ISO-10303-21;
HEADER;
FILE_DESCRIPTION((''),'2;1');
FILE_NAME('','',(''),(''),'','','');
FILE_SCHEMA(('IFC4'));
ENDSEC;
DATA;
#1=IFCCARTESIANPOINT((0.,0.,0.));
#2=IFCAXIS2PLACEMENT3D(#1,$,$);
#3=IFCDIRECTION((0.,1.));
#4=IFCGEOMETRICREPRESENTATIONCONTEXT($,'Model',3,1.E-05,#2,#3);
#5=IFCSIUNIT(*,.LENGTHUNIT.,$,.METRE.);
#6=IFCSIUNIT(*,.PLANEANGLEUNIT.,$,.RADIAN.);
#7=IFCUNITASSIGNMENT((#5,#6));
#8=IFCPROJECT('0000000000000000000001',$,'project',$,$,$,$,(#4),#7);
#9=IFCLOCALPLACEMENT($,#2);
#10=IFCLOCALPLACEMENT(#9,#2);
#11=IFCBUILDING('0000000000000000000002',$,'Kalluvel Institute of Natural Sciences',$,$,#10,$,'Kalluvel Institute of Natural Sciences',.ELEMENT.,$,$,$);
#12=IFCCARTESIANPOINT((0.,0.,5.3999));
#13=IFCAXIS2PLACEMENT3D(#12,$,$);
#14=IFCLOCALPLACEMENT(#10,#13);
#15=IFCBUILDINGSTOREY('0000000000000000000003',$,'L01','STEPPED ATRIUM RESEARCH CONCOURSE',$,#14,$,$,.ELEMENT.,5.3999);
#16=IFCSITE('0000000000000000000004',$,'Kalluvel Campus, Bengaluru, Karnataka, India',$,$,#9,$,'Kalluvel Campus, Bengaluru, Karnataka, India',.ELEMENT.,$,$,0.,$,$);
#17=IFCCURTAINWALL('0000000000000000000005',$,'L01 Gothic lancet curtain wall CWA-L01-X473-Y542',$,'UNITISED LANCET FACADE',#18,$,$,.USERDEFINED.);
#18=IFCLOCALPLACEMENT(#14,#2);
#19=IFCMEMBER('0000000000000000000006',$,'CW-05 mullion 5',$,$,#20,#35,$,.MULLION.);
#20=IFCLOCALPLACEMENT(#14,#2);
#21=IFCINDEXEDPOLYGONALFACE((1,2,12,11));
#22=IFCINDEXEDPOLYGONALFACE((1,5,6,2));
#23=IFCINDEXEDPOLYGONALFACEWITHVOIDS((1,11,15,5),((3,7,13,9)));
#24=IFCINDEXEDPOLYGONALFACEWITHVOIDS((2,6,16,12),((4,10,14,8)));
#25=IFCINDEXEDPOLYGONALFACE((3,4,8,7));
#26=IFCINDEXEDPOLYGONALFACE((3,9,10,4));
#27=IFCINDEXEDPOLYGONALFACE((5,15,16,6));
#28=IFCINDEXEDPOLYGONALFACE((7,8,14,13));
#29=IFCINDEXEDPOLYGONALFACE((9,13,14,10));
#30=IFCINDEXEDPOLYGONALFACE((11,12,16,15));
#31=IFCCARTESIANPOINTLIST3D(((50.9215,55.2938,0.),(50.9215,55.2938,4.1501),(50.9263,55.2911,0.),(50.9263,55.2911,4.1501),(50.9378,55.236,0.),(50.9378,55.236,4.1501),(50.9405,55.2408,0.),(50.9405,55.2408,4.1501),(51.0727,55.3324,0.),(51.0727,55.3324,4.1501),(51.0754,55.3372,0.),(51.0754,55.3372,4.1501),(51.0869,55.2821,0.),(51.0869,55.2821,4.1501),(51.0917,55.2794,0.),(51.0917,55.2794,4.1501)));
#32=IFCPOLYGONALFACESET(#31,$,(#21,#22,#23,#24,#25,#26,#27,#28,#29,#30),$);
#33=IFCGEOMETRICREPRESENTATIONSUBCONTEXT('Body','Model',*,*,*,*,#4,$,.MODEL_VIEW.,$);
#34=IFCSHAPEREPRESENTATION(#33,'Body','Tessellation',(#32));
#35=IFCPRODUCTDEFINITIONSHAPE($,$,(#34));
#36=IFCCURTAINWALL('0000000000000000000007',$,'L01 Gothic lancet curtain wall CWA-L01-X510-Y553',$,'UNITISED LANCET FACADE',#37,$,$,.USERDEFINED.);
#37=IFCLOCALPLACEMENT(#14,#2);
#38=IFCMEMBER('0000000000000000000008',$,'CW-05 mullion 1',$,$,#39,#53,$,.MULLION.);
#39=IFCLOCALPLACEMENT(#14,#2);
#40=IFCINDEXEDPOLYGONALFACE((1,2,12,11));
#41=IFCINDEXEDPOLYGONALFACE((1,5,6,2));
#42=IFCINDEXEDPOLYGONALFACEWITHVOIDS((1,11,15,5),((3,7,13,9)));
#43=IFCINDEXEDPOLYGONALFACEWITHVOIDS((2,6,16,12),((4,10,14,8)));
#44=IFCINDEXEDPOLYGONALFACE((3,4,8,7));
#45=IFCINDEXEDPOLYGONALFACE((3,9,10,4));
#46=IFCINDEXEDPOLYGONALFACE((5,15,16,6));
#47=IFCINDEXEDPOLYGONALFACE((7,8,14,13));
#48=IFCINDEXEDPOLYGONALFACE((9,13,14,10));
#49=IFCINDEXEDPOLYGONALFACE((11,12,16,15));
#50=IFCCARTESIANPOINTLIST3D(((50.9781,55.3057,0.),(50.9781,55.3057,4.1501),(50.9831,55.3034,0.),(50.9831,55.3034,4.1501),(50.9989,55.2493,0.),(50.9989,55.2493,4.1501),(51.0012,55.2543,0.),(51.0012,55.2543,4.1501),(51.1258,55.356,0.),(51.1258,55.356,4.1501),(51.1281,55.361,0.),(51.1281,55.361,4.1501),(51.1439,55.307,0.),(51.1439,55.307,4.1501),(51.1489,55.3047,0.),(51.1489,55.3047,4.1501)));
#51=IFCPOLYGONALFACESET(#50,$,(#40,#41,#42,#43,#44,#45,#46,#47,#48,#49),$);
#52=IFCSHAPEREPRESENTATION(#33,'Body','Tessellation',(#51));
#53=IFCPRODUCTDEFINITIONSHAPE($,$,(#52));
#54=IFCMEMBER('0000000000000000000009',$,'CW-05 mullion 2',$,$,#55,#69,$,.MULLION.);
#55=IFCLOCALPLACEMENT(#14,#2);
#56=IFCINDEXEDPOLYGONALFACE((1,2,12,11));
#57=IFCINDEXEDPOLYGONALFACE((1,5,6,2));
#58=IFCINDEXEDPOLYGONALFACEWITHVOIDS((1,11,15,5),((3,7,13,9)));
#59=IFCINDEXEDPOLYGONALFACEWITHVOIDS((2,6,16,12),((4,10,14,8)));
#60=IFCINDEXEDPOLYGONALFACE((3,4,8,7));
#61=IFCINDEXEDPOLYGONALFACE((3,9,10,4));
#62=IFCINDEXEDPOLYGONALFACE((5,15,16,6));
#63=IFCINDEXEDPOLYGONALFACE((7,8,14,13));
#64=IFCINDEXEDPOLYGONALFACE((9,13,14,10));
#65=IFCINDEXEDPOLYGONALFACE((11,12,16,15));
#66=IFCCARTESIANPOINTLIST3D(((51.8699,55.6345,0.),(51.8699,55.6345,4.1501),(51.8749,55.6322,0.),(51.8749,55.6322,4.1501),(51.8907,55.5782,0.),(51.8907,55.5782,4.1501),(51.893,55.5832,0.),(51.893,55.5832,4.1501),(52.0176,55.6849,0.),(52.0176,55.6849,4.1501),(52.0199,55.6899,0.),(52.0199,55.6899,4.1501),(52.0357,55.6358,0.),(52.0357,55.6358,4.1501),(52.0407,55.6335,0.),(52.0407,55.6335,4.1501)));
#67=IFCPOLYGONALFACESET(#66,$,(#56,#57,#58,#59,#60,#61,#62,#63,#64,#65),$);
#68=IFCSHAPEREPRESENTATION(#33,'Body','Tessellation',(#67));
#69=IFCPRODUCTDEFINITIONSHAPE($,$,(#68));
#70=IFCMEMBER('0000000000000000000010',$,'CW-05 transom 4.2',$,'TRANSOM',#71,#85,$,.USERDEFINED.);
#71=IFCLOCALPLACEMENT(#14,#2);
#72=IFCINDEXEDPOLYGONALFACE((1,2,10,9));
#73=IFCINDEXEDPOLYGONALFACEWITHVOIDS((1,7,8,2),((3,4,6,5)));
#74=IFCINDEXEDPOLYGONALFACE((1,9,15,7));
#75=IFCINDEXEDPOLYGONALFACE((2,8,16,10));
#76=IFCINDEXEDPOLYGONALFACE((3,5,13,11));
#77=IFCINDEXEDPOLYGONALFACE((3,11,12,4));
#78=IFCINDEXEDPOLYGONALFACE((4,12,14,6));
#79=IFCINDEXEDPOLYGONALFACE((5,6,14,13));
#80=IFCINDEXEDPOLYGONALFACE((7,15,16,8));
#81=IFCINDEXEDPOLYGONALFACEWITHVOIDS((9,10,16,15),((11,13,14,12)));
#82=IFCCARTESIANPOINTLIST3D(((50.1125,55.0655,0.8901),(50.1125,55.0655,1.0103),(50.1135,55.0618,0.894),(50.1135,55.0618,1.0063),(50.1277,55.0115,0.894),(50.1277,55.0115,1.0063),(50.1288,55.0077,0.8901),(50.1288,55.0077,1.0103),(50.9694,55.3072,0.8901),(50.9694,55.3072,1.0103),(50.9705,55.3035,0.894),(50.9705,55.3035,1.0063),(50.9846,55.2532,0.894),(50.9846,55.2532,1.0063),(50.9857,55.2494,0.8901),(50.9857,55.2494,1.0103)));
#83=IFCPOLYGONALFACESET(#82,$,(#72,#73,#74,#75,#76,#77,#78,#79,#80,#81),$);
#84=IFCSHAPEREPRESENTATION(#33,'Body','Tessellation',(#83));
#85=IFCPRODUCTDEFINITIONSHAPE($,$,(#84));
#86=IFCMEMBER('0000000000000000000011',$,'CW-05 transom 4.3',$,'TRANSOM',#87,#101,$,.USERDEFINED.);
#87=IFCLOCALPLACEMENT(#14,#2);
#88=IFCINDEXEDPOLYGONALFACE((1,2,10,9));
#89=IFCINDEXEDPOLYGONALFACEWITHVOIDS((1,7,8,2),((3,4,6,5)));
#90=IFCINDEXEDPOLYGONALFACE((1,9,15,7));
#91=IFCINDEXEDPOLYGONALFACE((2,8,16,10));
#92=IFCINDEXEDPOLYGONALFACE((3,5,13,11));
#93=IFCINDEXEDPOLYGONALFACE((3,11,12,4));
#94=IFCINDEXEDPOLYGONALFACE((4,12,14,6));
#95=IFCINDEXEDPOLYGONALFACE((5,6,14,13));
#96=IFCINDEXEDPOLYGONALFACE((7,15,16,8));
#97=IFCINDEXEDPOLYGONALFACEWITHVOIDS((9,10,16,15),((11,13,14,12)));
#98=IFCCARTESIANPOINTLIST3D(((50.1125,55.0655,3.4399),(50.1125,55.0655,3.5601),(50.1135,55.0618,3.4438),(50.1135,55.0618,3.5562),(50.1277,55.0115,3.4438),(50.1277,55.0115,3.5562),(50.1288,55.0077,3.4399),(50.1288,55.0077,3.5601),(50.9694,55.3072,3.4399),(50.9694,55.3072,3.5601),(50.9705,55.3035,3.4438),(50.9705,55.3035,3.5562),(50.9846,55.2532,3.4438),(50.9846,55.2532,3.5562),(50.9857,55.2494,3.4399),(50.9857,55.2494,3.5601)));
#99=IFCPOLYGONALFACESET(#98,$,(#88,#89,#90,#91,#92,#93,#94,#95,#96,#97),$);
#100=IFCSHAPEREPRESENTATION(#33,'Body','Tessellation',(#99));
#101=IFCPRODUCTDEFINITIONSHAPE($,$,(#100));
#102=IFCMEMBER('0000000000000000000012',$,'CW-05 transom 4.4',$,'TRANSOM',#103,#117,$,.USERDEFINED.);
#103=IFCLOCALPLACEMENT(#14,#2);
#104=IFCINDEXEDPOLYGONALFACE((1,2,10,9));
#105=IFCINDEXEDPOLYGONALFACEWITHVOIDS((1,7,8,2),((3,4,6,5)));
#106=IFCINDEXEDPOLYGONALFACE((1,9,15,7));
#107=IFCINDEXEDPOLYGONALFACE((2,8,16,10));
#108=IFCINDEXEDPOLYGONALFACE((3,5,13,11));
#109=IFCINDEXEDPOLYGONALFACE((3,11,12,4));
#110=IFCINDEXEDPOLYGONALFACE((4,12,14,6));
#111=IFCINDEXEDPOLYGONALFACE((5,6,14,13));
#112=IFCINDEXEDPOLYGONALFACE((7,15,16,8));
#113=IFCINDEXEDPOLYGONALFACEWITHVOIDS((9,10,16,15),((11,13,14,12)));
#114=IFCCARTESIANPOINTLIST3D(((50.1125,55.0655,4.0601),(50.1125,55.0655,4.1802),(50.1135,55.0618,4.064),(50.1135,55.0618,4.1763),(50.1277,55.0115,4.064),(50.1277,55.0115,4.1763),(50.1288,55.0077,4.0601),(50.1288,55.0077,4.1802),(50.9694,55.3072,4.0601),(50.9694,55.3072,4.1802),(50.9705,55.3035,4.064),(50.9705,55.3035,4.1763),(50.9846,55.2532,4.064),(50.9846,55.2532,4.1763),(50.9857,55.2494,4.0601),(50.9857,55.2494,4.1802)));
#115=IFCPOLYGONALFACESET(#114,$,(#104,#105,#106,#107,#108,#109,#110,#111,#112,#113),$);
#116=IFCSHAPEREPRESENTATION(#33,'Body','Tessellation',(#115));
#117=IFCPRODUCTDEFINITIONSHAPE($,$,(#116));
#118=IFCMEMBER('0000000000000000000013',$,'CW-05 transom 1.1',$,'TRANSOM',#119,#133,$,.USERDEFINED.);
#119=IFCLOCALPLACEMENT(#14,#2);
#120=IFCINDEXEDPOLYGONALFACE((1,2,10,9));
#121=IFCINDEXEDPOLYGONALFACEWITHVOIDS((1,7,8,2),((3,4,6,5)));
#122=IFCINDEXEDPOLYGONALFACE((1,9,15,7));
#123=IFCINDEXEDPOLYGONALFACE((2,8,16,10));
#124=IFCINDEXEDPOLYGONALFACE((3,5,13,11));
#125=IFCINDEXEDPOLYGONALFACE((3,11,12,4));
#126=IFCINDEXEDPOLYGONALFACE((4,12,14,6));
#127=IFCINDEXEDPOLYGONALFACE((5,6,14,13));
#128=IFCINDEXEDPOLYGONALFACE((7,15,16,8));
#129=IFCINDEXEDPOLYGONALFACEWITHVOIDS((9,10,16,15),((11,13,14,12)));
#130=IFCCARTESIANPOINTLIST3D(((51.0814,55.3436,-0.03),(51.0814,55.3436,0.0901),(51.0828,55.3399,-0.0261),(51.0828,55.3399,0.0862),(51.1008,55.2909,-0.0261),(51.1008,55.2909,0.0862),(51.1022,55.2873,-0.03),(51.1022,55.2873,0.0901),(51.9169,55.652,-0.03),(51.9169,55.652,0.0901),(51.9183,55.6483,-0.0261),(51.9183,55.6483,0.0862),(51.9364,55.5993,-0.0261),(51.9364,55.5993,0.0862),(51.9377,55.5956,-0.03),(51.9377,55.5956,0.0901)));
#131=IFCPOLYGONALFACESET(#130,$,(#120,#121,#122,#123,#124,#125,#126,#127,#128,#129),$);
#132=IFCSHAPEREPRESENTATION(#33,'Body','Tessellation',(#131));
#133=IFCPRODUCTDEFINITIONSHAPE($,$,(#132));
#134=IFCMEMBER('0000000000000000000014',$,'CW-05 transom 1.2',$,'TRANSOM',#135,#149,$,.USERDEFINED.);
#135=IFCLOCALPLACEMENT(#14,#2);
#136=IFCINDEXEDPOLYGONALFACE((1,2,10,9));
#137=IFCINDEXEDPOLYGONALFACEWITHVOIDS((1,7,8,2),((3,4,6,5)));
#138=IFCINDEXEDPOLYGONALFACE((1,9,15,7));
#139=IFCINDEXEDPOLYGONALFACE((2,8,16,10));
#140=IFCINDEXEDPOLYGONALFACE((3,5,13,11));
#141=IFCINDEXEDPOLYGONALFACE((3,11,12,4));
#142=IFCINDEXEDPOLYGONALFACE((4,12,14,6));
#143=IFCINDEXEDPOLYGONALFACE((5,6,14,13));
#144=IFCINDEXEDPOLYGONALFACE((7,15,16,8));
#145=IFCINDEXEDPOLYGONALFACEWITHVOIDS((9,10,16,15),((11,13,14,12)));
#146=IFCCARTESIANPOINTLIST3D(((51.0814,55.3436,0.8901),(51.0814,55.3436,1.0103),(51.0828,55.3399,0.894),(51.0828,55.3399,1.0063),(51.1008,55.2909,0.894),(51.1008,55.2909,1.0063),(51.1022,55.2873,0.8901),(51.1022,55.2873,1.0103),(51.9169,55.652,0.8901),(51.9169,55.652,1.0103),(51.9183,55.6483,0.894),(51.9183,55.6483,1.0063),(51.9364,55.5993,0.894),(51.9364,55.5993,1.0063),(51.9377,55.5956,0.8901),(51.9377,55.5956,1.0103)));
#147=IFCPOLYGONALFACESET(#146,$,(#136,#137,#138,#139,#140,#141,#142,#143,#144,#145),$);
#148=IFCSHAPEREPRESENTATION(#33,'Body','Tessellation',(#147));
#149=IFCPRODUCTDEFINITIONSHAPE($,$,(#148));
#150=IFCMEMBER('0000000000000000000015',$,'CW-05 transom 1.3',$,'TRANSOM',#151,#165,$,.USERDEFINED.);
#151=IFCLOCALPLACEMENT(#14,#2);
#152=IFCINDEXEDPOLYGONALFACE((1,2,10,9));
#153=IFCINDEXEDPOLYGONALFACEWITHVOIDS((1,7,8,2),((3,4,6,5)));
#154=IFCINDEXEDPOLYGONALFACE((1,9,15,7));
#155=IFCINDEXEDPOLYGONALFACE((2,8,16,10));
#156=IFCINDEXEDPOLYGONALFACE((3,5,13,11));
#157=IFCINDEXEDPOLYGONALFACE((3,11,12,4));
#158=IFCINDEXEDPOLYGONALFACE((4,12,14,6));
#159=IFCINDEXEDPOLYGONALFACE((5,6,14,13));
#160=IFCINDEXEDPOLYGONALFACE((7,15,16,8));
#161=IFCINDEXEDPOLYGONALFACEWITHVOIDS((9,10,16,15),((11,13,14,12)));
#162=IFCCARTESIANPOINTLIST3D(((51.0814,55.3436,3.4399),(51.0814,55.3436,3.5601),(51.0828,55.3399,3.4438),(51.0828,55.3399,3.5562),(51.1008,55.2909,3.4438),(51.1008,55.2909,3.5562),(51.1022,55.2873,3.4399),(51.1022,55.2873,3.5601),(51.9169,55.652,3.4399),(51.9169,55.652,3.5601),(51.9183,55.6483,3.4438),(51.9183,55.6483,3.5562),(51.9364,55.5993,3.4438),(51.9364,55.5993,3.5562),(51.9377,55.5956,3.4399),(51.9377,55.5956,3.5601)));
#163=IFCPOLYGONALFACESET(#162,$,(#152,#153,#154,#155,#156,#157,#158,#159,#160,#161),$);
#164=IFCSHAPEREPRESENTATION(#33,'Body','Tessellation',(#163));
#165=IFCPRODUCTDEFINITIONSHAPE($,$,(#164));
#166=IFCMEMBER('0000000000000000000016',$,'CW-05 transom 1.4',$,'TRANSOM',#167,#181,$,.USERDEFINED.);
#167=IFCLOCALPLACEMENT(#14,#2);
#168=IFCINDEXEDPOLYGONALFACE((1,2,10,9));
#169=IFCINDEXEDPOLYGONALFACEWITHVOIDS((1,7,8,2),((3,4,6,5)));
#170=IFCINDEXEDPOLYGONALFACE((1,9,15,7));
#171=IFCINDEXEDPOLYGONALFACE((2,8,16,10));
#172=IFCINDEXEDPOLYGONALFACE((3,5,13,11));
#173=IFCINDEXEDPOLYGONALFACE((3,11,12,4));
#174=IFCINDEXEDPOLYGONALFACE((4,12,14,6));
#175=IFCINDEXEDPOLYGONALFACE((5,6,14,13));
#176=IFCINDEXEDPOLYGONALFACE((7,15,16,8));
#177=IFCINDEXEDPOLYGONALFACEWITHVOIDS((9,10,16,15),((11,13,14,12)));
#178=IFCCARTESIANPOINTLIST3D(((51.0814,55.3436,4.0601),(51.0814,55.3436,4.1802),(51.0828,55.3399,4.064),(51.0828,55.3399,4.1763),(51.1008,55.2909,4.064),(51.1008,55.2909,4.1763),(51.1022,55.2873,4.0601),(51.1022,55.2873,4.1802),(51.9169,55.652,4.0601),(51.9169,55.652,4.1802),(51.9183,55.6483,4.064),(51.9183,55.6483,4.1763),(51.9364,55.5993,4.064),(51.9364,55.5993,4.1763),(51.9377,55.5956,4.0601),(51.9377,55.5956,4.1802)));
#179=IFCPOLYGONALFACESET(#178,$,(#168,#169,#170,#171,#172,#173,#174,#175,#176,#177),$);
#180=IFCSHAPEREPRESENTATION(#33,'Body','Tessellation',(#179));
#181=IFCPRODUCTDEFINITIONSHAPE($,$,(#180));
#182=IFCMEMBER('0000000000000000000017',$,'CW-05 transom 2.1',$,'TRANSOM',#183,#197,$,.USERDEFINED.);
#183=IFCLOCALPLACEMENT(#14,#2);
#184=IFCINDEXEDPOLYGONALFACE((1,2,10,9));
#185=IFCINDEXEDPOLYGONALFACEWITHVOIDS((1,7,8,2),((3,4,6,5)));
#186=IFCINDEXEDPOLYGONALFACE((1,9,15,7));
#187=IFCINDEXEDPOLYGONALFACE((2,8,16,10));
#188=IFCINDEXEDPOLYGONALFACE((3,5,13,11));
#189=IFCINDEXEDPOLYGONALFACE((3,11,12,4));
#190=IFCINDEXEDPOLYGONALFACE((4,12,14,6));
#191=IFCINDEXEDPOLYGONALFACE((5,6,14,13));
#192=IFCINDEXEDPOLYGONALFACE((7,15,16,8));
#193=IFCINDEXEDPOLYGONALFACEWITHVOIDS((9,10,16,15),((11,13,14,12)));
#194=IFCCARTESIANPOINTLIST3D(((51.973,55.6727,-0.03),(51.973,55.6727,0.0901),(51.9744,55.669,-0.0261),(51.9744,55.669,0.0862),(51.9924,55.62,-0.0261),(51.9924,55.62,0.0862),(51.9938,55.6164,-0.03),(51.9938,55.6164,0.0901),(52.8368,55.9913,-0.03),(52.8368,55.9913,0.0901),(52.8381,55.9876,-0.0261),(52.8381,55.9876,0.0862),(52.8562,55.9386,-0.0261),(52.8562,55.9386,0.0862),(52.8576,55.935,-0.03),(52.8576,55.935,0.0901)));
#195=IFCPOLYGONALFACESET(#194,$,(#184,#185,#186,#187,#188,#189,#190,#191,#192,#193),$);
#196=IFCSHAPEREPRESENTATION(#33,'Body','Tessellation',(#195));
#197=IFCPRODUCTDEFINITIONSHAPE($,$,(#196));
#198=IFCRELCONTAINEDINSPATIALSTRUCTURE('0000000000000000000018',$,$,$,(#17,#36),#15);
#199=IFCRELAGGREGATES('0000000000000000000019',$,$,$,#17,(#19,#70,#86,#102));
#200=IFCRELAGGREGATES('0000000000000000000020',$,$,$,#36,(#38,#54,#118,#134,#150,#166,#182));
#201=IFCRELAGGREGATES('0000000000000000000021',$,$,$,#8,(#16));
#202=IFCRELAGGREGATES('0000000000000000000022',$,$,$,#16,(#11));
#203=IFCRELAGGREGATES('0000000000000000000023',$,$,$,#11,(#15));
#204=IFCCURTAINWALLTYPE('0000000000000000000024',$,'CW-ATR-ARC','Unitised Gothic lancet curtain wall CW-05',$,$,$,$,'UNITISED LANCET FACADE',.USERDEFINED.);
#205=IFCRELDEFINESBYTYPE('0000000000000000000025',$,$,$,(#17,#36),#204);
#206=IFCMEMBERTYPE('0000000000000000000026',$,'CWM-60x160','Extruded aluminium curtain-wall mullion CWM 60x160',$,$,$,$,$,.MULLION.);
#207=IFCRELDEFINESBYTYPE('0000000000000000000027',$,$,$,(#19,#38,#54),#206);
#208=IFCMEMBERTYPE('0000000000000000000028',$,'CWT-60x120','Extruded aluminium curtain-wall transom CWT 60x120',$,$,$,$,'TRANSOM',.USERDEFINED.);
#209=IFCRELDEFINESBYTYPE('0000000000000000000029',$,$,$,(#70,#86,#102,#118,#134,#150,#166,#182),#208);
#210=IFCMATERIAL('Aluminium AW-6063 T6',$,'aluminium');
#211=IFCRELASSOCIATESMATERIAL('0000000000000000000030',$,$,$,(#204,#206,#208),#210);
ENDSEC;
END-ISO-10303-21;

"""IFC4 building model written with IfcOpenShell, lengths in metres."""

from ifc_helpers import new_model, si_unit, direction, frame, origin, origin_2d, place, context, subcontext, project, spatial, hollow_rectangle, extrude, material, material_profile, profile_set, type_object, element, aggregate, save


model = new_model("IFC4")

# Units and contexts
model_context = context("Model", 3, precision=1e-05, world=origin(), true_north=direction((0.0, 1.0)))
body_context = subcontext(model_context, "Body", "Model", "MODEL_VIEW")
ifc_project = project(units=[si_unit("LENGTHUNIT", "METRE"), si_unit("PLANEANGLEUNIT", "RADIAN")], contexts=[model_context])

# Site, building, storey
site_placement = place(None, origin())
site = spatial("IfcSite", under=ifc_project, at=site_placement, Name="Kalluvel Campus, Bengaluru, Karnataka, India", LongName="Kalluvel Campus, Bengaluru, Karnataka, India", CompositionType="ELEMENT", RefElevation=0.0)
building_placement = place(site_placement, origin())
building = spatial("IfcBuilding", under=site, at=building_placement, Name="Kalluvel Institute of Natural Sciences", LongName="Kalluvel Institute of Natural Sciences", CompositionType="ELEMENT")
storey_placement = place(building_placement, frame((0.0, 0.0, 5.3999)))
storey = spatial("IfcBuildingStorey", under=building, at=storey_placement, Name="L01", Description="STEPPED ATRIUM RESEARCH CONCOURSE", CompositionType="ELEMENT", Elevation=5.3999)

# Curtain wall, member
ifc_material_1 = material(Name="Aluminium AW-6063 T6", Category="aluminium")
curtain_wall_type = type_object("IfcCurtainWallType", Name="CW-ATR-ARC", Description="Unitised Gothic lancet curtain wall CW-05", ElementType="UNITISED LANCET FACADE", PredefinedType="USERDEFINED", material=ifc_material_1)
curtain_wall_1_placement = place(storey_placement, origin())
curtain_wall_1 = element("IfcCurtainWall", 1, at=curtain_wall_1_placement, inside=storey, type_object=curtain_wall_type, Name="L01 Gothic lancet curtain wall CWA-L01-X473-Y542", ObjectType="UNITISED LANCET FACADE", PredefinedType="USERDEFINED")
ifc_material_profile_1 = material_profile(ifc_material_1, hollow_rectangle(XDim=0.0601, YDim=0.1599, WallThickness=0.0039, at=origin_2d()), Name="CWM 60x160")
ifc_profile_set_1 = profile_set([ifc_material_profile_1], Name="Aluminium AW-6063 T6")
member_type_1 = type_object("IfcMemberType", Name="CWM-60x160", Description="Extruded aluminium curtain-wall mullion CWM 60x160", PredefinedType="MULLION", material=ifc_profile_set_1)
member_1_placement = place(storey_placement, frame((51.0066, 55.2866, 0.0), z_axis=(0.0, 0.0, 1.0), x_axis=(-0.27144, 0.962455, 0.0)))
member_1 = element("IfcMember", 2, at=member_1_placement, type_object=member_type_1, Name="CW-05 mullion 5", PredefinedType="MULLION", context=body_context, shape_type="SweptSolid", body=[
    extrude(hollow_rectangle(XDim=0.0601, YDim=0.1599, WallThickness=0.0039, at=origin_2d()), origin(), (0.0, 0.0, 1.0), 4.1501),
])

# Curtain wall, members
curtain_wall_2_placement = place(storey_placement, origin())
curtain_wall_2 = element("IfcCurtainWall", 3, at=curtain_wall_2_placement, inside=storey, type_object=curtain_wall_type, Name="L01 Gothic lancet curtain wall CWA-L01-X510-Y553", ObjectType="UNITISED LANCET FACADE", PredefinedType="USERDEFINED")
member_2_placement = place(storey_placement, frame((51.0635, 55.3052, 0.0), z_axis=(0.0, 0.0, 1.0), x_axis=(-0.346122, 0.938189, 0.0)))
member_2 = element("IfcMember", 4, at=member_2_placement, type_object=member_type_1, Name="CW-05 mullion 1", PredefinedType="MULLION", context=body_context, shape_type="SweptSolid", body=[
    extrude(hollow_rectangle(XDim=0.0601, YDim=0.1599, WallThickness=0.0039, at=origin_2d()), origin(), (0.0, 0.0, 1.0), 4.1501),
])
member_3_placement = place(storey_placement, frame((51.9553, 55.634, 0.0), z_axis=(0.0, 0.0, 1.0), x_axis=(-0.346122, 0.938189, 0.0)))
member_3 = element("IfcMember", 5, at=member_3_placement, type_object=member_type_1, Name="CW-05 mullion 2", PredefinedType="MULLION", context=body_context, shape_type="SweptSolid", body=[
    extrude(hollow_rectangle(XDim=0.0601, YDim=0.1599, WallThickness=0.0039, at=origin_2d()), origin(), (0.0, 0.0, 1.0), 4.1501),
])

# Members
ifc_material_profile_2 = material_profile(ifc_material_1, hollow_rectangle(XDim=0.0601, YDim=0.1201, WallThickness=0.0039, at=origin_2d()), Name="CWT 60x120")
ifc_profile_set_2 = profile_set([ifc_material_profile_2], Name="Aluminium AW-6063 T6")
member_type_2 = type_object("IfcMemberType", Name="CWT-60x120", Description="Extruded aluminium curtain-wall transom CWT 60x120", ElementType="TRANSOM", PredefinedType="USERDEFINED", material=ifc_profile_set_2)
member_4_placement = place(storey_placement, frame((50.1206, 55.0366, 0.9502), z_axis=(0.96245, 0.27146, 0.0), x_axis=(-0.27146, 0.96245, 0.0)))
member_4 = element("IfcMember", 6, at=member_4_placement, type_object=member_type_2, Name="CW-05 transom 4.2", ObjectType="TRANSOM", PredefinedType="USERDEFINED", context=body_context, shape_type="SweptSolid", body=[
    extrude(hollow_rectangle(XDim=0.0601, YDim=0.1201, WallThickness=0.0039, at=origin_2d()), origin(), (0.0, 0.0, 1.0), 0.8904),
])
member_5_placement = place(storey_placement, frame((50.1206, 55.0366, 3.5), z_axis=(0.96245, 0.27146, 0.0), x_axis=(-0.27146, 0.96245, 0.0)))
member_5 = element("IfcMember", 7, at=member_5_placement, type_object=member_type_2, Name="CW-05 transom 4.3", ObjectType="TRANSOM", PredefinedType="USERDEFINED", context=body_context, shape_type="SweptSolid", body=[
    extrude(hollow_rectangle(XDim=0.0601, YDim=0.1201, WallThickness=0.0039, at=origin_2d()), origin(), (0.0, 0.0, 1.0), 0.8904),
])
member_6_placement = place(storey_placement, frame((50.1206, 55.0366, 4.1201), z_axis=(0.96245, 0.27146, 0.0), x_axis=(-0.27146, 0.96245, 0.0)))
member_6 = element("IfcMember", 8, at=member_6_placement, type_object=member_type_2, Name="CW-05 transom 4.4", ObjectType="TRANSOM", PredefinedType="USERDEFINED", context=body_context, shape_type="SweptSolid", body=[
    extrude(hollow_rectangle(XDim=0.0601, YDim=0.1201, WallThickness=0.0039, at=origin_2d()), origin(), (0.0, 0.0, 1.0), 0.8904),
])
member_7_placement = place(storey_placement, frame((51.0918, 55.3154, 0.03), z_axis=(0.938142, 0.346252, 0.0), x_axis=(-0.346252, 0.938142, 0.0)))
member_7 = element("IfcMember", 9, at=member_7_placement, type_object=member_type_2, Name="CW-05 transom 1.1", ObjectType="TRANSOM", PredefinedType="USERDEFINED", context=body_context, shape_type="SweptSolid", body=[
    extrude(hollow_rectangle(XDim=0.0601, YDim=0.1201, WallThickness=0.0039, at=origin_2d()), origin(), (0.0, 0.0, 1.0), 0.8906),
])
member_8_placement = place(storey_placement, frame((51.0918, 55.3154, 0.9502), z_axis=(0.938142, 0.346252, 0.0), x_axis=(-0.346252, 0.938142, 0.0)))
member_8 = element("IfcMember", 10, at=member_8_placement, type_object=member_type_2, Name="CW-05 transom 1.2", ObjectType="TRANSOM", PredefinedType="USERDEFINED", context=body_context, shape_type="SweptSolid", body=[
    extrude(hollow_rectangle(XDim=0.0601, YDim=0.1201, WallThickness=0.0039, at=origin_2d()), origin(), (0.0, 0.0, 1.0), 0.8906),
])
member_9_placement = place(storey_placement, frame((51.0918, 55.3154, 3.5), z_axis=(0.938142, 0.346252, 0.0), x_axis=(-0.346252, 0.938142, 0.0)))
member_9 = element("IfcMember", 11, at=member_9_placement, type_object=member_type_2, Name="CW-05 transom 1.3", ObjectType="TRANSOM", PredefinedType="USERDEFINED", context=body_context, shape_type="SweptSolid", body=[
    extrude(hollow_rectangle(XDim=0.0601, YDim=0.1201, WallThickness=0.0039, at=origin_2d()), origin(), (0.0, 0.0, 1.0), 0.8906),
])
member_10_placement = place(storey_placement, frame((51.0918, 55.3154, 4.1201), z_axis=(0.938142, 0.346252, 0.0), x_axis=(-0.346252, 0.938142, 0.0)))
member_10 = element("IfcMember", 12, at=member_10_placement, type_object=member_type_2, Name="CW-05 transom 1.4", ObjectType="TRANSOM", PredefinedType="USERDEFINED", context=body_context, shape_type="SweptSolid", body=[
    extrude(hollow_rectangle(XDim=0.0601, YDim=0.1201, WallThickness=0.0039, at=origin_2d()), origin(), (0.0, 0.0, 1.0), 0.8906),
])
member_11_placement = place(storey_placement, frame((51.9834, 55.6445, 0.03), z_axis=(0.938212, 0.346062, 0.0), x_axis=(-0.346062, 0.938212, 0.0)))
member_11 = element("IfcMember", 13, at=member_11_placement, type_object=member_type_2, Name="CW-05 transom 2.1", ObjectType="TRANSOM", PredefinedType="USERDEFINED", context=body_context, shape_type="SweptSolid", body=[
    extrude(hollow_rectangle(XDim=0.0601, YDim=0.1201, WallThickness=0.0039, at=origin_2d()), origin(), (0.0, 0.0, 1.0), 0.9207),
])

aggregate(curtain_wall_1, [member_1, member_4, member_5, member_6])
aggregate(curtain_wall_2, [member_2, member_3, member_7, member_8, member_9, member_10, member_11])

save(model, "model.ifc")
